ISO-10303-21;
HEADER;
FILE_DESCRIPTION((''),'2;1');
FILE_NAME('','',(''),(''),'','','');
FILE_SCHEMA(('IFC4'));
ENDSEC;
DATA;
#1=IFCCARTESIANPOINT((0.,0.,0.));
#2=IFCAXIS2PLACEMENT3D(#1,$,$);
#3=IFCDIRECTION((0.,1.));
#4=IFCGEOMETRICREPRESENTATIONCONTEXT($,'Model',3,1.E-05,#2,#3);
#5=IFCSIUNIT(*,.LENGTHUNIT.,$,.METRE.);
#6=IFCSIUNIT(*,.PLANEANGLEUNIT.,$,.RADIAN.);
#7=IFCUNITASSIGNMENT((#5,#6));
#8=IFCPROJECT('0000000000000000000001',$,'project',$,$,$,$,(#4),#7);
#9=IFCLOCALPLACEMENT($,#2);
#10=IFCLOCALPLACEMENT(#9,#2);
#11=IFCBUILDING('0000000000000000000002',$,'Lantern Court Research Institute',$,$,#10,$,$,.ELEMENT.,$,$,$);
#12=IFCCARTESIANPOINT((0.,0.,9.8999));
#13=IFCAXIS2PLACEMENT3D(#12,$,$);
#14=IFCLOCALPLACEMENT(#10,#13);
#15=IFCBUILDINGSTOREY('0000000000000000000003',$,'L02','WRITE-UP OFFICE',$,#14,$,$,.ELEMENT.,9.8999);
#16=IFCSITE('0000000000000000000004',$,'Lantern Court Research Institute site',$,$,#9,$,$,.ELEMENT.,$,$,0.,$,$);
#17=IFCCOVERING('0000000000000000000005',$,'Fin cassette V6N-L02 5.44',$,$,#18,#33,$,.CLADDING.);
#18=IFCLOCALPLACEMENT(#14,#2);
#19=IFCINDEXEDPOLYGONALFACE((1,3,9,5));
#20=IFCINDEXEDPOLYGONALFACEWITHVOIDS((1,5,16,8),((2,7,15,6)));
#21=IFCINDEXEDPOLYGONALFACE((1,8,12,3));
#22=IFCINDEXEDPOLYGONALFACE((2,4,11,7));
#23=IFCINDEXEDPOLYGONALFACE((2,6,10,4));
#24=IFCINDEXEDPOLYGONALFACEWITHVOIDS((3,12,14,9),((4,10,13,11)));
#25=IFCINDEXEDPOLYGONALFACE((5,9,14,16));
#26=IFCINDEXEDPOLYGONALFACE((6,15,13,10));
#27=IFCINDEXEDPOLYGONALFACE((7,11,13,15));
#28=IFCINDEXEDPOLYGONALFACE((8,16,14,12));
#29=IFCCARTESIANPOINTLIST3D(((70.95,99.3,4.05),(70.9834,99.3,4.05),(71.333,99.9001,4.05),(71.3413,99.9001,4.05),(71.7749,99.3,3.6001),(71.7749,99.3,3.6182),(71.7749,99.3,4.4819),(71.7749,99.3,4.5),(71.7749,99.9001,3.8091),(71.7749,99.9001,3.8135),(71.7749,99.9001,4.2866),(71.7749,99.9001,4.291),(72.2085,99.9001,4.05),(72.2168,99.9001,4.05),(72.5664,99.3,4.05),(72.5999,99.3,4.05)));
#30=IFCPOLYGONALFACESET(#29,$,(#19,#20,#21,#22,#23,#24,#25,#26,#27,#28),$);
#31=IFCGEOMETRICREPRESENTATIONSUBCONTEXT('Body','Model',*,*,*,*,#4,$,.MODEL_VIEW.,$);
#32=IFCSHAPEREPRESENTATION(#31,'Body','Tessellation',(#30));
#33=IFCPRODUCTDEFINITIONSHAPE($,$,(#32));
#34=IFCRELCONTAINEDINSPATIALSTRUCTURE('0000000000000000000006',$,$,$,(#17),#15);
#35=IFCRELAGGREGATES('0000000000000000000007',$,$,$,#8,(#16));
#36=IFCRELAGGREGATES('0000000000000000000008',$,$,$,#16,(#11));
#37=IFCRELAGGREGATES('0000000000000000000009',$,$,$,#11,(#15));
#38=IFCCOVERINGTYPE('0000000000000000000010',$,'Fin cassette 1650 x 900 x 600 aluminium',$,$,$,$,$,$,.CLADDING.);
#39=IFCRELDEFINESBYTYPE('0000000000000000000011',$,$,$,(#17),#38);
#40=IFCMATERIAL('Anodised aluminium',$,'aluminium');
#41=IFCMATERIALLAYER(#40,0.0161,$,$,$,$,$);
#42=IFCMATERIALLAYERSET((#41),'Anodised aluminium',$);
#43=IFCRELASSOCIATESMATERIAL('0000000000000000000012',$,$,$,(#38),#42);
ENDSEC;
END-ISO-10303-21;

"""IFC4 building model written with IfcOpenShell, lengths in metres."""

from ifc_helpers import new_model, entity, si_unit, direction, frame, origin, place, context, subcontext, project, spatial, material, layer, layer_set, type_object, element, save


model = new_model("IFC4")

# Units and contexts
model_context = context("Model", 3, precision=1e-05, world=origin(), true_north=direction((0.0, 1.0)))
body_context = subcontext(model_context, "Body", "Model", "MODEL_VIEW")
ifc_project = project(units=[si_unit("LENGTHUNIT", "METRE"), si_unit("PLANEANGLEUNIT", "RADIAN")], contexts=[model_context])

# Site, building, storey
site_placement = place(None, origin())
site = spatial("IfcSite", under=ifc_project, at=site_placement, Name="Lantern Court Research Institute site", CompositionType="ELEMENT", RefElevation=0.0)
building_placement = place(site_placement, origin())
building = spatial("IfcBuilding", under=site, at=building_placement, Name="Lantern Court Research Institute", CompositionType="ELEMENT")
storey_placement = place(building_placement, frame((0.0, 0.0, 9.8999)))
storey = spatial("IfcBuildingStorey", under=building, at=storey_placement, Name="L02", Description="WRITE-UP OFFICE", CompositionType="ELEMENT", Elevation=9.8999)

# Covering
ifc_material_1 = material(Name="Anodised aluminium", Category="aluminium")
ifc_layer_1 = layer(ifc_material_1, 0.0161)
ifc_layer_set_1 = layer_set([ifc_layer_1], Name="Anodised aluminium")
covering_type = type_object("IfcCoveringType", Name="Fin cassette 1650 x 900 x 600 aluminium", PredefinedType="CLADDING", material=ifc_layer_set_1)
covering_1_placement = place(storey_placement, frame((71.7749, 99.3, 4.05), z_axis=(0.0, 1.0, 0.0), x_axis=(-1.0, 0.0, 0.0)))
cartesian_point_1 = entity("IfcCartesianPoint", [0.825, 0.0])
cartesian_point_2 = entity("IfcCartesianPoint", [0.7915, 0.0])
cartesian_point_3 = entity("IfcCartesianPoint", [0.4419, 0.0])
cartesian_point_4 = entity("IfcCartesianPoint", [0.4336, 0.0])
element("IfcCovering", 1, at=covering_1_placement, inside=storey, type_object=covering_type, Name="Fin cassette V6N-L02 5.44", PredefinedType="CLADDING", context=body_context, shape_type="SweptSolid", body=[
    entity("IfcExtrudedAreaSolidTapered", entity("IfcArbitraryProfileDefWithVoids", "AREA", None, entity("IfcPolyline", [cartesian_point_1, entity("IfcCartesianPoint", [0.0, 0.45]), entity("IfcCartesianPoint", [-0.825, 0.0]), entity("IfcCartesianPoint", [0.0, -0.45]), cartesian_point_1]), [entity("IfcPolyline", [cartesian_point_2, entity("IfcCartesianPoint", [0.0, 0.4319]), entity("IfcCartesianPoint", [-0.7915, 0.0]), entity("IfcCartesianPoint", [0.0, -0.4319]), cartesian_point_2])]), entity("IfcAxis2Placement3D", entity("IfcCartesianPoint", [0.0, 0.0, 0.0])), entity("IfcDirection", [0.0, 0.0, 1.0]), 0.6001, entity("IfcArbitraryProfileDefWithVoids", "AREA", None, entity("IfcPolyline", [cartesian_point_3, entity("IfcCartesianPoint", [0.0, 0.241]), entity("IfcCartesianPoint", [-0.4419, 0.0]), entity("IfcCartesianPoint", [0.0, -0.241]), cartesian_point_3]), [entity("IfcPolyline", [cartesian_point_4, entity("IfcCartesianPoint", [0.0, 0.2366]), entity("IfcCartesianPoint", [-0.4336, 0.0]), entity("IfcCartesianPoint", [0.0, -0.2366]), cartesian_point_4])])),
])

save(model, "model.ifc")
